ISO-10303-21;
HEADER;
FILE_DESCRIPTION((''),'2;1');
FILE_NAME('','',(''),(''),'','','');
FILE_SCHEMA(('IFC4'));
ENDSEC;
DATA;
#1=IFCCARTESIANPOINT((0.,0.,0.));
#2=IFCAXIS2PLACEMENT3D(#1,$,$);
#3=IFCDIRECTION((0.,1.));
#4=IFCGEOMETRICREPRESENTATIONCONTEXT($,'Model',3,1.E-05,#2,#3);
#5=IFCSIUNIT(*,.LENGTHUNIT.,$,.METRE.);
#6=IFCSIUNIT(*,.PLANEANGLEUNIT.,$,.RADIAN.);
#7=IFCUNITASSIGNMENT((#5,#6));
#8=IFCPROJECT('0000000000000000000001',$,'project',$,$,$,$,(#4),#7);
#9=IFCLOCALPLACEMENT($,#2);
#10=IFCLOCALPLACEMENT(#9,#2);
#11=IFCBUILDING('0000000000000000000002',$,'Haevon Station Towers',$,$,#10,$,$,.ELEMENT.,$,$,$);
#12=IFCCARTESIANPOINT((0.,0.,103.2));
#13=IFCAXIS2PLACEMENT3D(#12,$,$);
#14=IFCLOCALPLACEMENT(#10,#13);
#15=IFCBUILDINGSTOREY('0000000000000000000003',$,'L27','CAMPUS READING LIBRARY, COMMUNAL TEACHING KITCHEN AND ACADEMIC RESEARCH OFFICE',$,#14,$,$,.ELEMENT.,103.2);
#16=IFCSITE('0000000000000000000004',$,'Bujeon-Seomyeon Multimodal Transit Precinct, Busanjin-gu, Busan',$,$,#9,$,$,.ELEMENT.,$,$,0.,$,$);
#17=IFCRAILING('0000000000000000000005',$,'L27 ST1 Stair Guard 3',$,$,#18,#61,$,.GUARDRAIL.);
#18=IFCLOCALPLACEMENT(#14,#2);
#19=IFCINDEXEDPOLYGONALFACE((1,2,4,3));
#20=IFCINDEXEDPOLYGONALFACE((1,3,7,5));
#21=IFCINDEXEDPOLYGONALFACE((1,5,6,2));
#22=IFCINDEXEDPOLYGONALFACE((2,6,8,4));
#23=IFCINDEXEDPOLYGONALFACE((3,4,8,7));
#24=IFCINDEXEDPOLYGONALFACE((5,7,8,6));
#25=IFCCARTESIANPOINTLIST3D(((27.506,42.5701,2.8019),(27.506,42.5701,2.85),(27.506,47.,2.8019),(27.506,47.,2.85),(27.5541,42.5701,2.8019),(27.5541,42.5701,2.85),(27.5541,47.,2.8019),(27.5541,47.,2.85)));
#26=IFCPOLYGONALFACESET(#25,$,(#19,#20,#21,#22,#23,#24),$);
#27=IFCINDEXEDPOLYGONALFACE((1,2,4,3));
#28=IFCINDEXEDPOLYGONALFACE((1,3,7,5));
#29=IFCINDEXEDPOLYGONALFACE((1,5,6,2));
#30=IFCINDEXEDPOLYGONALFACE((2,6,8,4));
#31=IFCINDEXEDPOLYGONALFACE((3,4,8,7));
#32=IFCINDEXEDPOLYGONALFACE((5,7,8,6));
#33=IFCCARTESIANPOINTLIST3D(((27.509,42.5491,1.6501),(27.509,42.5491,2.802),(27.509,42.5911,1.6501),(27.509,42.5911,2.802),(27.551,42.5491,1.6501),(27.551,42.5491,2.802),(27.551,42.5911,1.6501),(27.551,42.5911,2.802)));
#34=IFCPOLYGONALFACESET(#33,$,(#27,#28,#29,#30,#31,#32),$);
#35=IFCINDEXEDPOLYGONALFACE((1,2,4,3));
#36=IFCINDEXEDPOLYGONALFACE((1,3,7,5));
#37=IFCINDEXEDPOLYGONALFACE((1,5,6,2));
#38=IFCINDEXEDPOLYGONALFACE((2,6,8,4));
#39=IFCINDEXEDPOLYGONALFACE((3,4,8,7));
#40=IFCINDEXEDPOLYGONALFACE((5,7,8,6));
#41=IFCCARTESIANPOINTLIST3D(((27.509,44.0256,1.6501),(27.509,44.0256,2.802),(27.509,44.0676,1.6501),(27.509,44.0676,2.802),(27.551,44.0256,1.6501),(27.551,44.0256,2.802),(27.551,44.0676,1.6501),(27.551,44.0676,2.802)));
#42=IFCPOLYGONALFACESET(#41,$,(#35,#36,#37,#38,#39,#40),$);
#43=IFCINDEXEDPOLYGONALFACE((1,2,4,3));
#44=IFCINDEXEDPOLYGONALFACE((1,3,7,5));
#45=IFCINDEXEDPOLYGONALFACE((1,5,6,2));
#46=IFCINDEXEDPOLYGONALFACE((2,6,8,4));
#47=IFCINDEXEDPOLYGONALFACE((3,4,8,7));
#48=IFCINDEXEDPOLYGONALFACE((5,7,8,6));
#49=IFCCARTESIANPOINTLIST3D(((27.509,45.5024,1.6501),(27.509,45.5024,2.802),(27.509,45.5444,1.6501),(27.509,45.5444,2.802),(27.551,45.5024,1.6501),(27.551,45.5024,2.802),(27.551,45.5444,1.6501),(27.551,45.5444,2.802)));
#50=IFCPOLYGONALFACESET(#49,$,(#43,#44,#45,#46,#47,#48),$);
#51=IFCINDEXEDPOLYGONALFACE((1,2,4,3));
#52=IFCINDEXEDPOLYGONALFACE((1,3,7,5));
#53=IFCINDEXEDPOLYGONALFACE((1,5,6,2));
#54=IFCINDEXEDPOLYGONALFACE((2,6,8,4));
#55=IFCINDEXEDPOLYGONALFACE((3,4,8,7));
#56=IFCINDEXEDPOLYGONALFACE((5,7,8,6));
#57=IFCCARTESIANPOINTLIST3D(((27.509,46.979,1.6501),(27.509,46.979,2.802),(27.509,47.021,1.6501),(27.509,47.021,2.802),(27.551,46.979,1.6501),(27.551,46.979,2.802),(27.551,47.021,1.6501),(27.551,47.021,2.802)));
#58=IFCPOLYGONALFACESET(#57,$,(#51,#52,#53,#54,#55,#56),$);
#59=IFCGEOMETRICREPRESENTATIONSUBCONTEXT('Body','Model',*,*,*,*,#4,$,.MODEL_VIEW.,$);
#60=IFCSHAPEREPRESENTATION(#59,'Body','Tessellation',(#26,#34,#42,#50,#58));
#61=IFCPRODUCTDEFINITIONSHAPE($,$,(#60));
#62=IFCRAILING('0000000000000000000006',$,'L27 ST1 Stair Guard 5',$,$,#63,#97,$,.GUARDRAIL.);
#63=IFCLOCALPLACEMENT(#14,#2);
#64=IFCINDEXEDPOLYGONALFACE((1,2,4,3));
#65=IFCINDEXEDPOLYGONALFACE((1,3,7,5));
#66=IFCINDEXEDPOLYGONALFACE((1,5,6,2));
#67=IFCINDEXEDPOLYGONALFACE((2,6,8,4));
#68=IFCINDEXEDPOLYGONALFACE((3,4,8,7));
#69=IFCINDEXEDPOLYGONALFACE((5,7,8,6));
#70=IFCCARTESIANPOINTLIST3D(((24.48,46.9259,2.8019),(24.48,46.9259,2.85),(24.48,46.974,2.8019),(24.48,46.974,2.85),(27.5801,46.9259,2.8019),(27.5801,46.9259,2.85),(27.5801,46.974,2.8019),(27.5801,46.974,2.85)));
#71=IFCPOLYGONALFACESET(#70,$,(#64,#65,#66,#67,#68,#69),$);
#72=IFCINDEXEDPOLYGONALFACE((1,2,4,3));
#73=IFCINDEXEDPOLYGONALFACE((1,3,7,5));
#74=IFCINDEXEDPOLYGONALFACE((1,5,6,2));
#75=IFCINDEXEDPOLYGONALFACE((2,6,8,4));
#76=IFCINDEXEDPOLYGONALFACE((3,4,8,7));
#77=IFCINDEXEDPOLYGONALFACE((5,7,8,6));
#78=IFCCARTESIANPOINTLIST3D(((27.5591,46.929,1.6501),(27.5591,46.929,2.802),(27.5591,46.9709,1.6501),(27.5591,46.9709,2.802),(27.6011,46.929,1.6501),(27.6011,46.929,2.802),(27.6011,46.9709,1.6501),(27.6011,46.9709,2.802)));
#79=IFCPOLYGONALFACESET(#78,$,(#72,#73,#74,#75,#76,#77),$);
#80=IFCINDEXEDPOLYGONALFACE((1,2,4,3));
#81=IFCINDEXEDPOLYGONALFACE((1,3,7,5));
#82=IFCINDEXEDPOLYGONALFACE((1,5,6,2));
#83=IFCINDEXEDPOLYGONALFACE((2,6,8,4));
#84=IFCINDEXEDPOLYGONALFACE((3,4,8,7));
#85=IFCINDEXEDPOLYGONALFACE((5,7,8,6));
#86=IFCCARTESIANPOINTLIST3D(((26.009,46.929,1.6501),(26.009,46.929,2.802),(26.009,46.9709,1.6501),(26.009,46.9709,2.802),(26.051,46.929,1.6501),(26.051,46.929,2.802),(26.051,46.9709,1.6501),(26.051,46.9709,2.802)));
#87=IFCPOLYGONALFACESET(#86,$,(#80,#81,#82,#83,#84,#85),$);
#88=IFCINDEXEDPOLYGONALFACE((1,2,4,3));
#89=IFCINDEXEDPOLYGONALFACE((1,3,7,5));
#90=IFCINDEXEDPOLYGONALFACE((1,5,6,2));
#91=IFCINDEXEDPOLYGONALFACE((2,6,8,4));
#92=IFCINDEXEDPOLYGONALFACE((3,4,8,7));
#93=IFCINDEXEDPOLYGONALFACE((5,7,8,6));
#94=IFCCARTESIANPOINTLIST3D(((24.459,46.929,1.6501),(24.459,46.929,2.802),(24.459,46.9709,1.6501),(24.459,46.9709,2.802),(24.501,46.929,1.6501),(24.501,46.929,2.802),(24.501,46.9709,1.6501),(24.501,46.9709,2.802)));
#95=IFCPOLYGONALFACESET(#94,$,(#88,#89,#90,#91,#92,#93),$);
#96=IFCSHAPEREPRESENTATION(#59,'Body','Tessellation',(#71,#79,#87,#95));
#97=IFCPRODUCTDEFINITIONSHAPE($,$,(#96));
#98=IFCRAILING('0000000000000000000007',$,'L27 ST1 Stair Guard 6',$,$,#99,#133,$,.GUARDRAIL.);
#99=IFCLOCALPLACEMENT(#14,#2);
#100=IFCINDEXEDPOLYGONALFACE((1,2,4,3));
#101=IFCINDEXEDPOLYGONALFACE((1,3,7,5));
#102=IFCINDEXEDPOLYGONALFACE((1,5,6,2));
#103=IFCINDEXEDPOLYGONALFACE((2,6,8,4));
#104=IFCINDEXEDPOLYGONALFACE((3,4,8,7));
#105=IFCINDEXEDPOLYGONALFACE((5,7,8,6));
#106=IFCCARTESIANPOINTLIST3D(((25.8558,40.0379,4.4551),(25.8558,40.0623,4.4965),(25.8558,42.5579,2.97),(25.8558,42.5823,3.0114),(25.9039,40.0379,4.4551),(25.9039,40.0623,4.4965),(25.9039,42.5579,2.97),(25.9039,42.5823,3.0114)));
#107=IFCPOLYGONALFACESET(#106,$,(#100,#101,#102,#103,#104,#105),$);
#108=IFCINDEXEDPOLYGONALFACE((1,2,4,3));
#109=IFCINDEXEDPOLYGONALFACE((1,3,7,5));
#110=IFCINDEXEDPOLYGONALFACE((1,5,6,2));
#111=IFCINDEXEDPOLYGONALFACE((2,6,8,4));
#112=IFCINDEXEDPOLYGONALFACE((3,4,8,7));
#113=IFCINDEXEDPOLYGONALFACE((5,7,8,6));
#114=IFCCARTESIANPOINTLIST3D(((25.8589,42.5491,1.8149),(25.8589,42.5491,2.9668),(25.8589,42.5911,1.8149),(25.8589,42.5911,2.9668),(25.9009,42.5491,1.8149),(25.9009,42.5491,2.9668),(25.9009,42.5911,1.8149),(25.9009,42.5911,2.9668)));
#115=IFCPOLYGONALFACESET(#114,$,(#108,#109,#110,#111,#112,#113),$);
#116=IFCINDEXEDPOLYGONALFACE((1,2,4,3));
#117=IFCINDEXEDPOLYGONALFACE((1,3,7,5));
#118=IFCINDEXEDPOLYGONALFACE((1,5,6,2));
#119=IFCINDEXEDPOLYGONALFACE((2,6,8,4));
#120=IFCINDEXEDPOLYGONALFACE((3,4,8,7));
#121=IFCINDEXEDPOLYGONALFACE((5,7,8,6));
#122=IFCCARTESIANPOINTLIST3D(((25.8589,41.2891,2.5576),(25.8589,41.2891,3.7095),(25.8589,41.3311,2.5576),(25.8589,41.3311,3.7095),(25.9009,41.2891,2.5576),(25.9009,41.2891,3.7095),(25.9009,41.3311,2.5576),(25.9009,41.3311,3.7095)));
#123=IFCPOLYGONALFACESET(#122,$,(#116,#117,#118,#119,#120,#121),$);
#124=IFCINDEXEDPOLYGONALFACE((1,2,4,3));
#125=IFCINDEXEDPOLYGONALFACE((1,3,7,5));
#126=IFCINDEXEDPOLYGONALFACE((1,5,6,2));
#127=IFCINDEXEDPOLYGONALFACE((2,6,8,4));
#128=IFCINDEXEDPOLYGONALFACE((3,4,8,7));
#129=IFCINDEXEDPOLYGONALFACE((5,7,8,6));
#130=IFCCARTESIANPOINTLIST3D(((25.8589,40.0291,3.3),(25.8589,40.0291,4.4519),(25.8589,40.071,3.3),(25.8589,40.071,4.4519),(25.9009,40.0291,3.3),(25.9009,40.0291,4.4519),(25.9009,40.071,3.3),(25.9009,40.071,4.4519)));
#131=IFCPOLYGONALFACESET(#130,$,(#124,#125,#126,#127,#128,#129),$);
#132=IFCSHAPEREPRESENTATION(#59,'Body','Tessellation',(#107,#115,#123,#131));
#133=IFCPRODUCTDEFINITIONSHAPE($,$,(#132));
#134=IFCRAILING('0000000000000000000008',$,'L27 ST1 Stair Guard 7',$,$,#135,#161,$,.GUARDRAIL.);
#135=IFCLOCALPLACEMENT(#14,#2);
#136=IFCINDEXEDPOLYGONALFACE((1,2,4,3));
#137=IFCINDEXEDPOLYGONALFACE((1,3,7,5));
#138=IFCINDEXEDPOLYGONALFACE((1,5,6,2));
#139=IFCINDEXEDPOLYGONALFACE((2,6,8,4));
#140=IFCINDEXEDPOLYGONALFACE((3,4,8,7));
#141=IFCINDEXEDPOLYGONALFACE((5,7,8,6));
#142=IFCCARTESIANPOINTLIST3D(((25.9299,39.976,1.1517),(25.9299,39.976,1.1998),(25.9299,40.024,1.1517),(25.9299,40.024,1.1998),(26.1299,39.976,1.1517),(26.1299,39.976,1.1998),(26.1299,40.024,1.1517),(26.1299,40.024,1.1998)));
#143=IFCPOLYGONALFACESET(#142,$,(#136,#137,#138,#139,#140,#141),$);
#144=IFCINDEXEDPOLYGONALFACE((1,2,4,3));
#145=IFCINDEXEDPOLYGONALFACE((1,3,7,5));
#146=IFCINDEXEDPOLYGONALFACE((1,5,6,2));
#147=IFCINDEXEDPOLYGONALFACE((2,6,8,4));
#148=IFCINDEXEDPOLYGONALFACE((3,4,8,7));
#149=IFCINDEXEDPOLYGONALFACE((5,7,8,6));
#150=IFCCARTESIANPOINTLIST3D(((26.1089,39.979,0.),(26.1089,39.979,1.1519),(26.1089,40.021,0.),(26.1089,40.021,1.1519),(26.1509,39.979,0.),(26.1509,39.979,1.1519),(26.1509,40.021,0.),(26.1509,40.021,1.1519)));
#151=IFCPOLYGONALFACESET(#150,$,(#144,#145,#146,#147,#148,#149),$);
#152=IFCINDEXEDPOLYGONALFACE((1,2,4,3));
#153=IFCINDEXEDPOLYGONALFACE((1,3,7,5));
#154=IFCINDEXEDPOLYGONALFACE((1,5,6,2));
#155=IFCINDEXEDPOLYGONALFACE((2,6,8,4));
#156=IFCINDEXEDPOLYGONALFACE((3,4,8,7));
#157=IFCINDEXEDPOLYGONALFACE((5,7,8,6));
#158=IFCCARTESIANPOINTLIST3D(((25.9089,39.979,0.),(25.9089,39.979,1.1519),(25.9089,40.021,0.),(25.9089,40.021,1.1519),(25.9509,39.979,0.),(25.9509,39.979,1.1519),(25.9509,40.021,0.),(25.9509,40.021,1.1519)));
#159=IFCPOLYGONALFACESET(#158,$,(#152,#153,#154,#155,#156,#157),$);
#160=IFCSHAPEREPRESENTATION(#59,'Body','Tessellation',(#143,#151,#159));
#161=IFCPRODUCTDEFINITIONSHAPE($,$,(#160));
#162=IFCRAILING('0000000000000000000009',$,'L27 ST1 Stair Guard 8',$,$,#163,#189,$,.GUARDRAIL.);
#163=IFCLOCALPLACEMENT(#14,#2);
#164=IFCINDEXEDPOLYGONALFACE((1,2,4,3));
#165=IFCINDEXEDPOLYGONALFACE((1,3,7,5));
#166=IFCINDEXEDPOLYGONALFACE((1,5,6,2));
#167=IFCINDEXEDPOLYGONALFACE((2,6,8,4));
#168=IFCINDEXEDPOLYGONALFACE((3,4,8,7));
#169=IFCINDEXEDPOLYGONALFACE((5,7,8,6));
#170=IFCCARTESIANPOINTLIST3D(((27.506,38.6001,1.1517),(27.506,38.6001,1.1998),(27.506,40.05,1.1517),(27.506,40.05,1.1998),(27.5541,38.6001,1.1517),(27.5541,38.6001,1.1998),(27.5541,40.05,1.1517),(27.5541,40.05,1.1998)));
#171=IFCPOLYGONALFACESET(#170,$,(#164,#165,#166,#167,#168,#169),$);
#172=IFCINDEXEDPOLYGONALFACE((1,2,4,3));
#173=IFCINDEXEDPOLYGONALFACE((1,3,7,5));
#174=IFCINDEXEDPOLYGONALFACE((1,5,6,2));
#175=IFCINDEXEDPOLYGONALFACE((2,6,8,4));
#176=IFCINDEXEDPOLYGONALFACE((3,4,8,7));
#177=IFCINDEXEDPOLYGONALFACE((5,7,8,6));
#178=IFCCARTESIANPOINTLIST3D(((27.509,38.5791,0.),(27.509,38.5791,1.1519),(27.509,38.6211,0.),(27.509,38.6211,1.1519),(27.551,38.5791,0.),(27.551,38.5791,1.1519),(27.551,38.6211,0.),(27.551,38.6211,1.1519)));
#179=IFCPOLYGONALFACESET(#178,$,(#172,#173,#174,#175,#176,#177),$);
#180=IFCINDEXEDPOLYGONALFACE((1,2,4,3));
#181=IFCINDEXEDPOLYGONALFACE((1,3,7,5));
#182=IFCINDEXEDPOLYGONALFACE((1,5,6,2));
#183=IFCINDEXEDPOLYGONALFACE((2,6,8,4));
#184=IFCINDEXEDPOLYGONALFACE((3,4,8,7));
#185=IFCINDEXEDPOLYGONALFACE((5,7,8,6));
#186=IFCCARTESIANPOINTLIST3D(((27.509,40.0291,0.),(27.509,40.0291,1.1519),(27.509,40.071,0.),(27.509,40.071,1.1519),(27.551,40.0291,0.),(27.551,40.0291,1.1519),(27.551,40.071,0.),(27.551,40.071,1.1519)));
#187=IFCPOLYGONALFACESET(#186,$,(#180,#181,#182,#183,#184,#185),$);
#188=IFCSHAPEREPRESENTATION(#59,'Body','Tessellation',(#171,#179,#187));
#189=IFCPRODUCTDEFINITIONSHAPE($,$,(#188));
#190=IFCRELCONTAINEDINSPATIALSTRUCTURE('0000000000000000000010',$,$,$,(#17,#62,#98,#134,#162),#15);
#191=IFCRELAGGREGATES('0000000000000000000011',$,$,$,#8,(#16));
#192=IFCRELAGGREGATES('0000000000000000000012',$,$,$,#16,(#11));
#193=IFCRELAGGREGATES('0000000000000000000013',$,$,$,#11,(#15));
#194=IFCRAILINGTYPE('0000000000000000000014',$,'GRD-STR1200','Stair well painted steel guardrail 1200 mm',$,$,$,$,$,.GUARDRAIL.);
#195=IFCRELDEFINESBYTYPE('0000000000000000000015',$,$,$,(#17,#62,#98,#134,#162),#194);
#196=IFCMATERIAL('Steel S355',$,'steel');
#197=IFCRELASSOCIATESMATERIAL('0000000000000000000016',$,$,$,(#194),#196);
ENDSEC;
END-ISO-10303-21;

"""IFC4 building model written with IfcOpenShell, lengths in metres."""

from ifc_helpers import new_model, si_unit, direction, frame, origin, origin_2d, place, context, subcontext, project, spatial, rectangle, extrude, material, type_object, element, save


model = new_model("IFC4")

# Units and contexts
model_context = context("Model", 3, precision=1e-05, world=origin(), true_north=direction((0.0, 1.0)))
body_context = subcontext(model_context, "Body", "Model", "MODEL_VIEW")
ifc_project = project(units=[si_unit("LENGTHUNIT", "METRE"), si_unit("PLANEANGLEUNIT", "RADIAN")], contexts=[model_context])

# Site, building, storey
site_placement = place(None, origin())
site = spatial("IfcSite", under=ifc_project, at=site_placement, Name="Bujeon-Seomyeon Multimodal Transit Precinct, Busanjin-gu, Busan", CompositionType="ELEMENT", RefElevation=0.0)
building_placement = place(site_placement, origin())
building = spatial("IfcBuilding", under=site, at=building_placement, Name="Haevon Station Towers", CompositionType="ELEMENT")
storey_placement = place(building_placement, frame((0.0, 0.0, 103.2)))
storey = spatial("IfcBuildingStorey", under=building, at=storey_placement, Name="L27", Description="CAMPUS READING LIBRARY, COMMUNAL TEACHING KITCHEN AND ACADEMIC RESEARCH OFFICE", CompositionType="ELEMENT", Elevation=103.2)

# Shared definitions
ifc_material_1 = material(Name="Steel S355", Category="steel")

# Railings
railing_type_1 = type_object("IfcRailingType", Name="GRD-STR1200", Description="Stair well painted steel guardrail 1200 mm", PredefinedType="GUARDRAIL", material=ifc_material_1)
railing_1_placement = place(storey_placement, frame((27.53, 42.5701, 1.6501)))
element("IfcRailing", 1, at=railing_1_placement, inside=storey, type_object=railing_type_1, Name="L27 ST1 Stair Guard 3", PredefinedType="GUARDRAIL", context=body_context, shape_type="SweptSolid", body=[
    extrude(rectangle(XDim=0.0481, YDim=0.0481, at=origin_2d()), frame((0.0, 0.0, 1.1758), z_axis=(0.0, 1.0, 0.0), x_axis=(-1.0, 0.0, 0.0)), (0.0, 0.0, 1.0), 4.4299),
    extrude(rectangle(XDim=0.042, YDim=0.042, at=origin_2d()), origin(), (0.0, 0.0, 1.0), 1.1519),
    extrude(rectangle(XDim=0.042, YDim=0.042, at=origin_2d()), frame((0.0, 1.4766, 0.0)), (0.0, 0.0, 1.0), 1.1519),
    extrude(rectangle(XDim=0.042, YDim=0.042, at=origin_2d()), frame((0.0, 2.9534, 0.0)), (0.0, 0.0, 1.0), 1.1519),
    extrude(rectangle(XDim=0.042, YDim=0.042, at=origin_2d()), frame((0.0, 4.4299, 0.0)), (0.0, 0.0, 1.0), 1.1519),
])
railing_2_placement = place(storey_placement, frame((27.5801, 46.95, 1.6501)))
element("IfcRailing", 2, at=railing_2_placement, inside=storey, type_object=railing_type_1, Name="L27 ST1 Stair Guard 5", PredefinedType="GUARDRAIL", context=body_context, shape_type="SweptSolid", body=[
    extrude(rectangle(XDim=0.0481, YDim=0.0481, at=origin_2d()), frame((0.0, 0.0, 1.1758), z_axis=(-1.0, 0.0, 0.0), x_axis=(0.0, -1.0, 0.0)), (0.0, 0.0, 1.0), 3.1001),
    extrude(rectangle(XDim=0.042, YDim=0.042, at=origin_2d()), origin(), (0.0, 0.0, 1.0), 1.1519),
    extrude(rectangle(XDim=0.042, YDim=0.042, at=origin_2d()), frame((-1.55, 0.0, 0.0)), (0.0, 0.0, 1.0), 1.1519),
    extrude(rectangle(XDim=0.042, YDim=0.042, at=origin_2d()), frame((-3.1001, 0.0, 0.0)), (0.0, 0.0, 1.0), 1.1519),
])
railing_3_placement = place(storey_placement, frame((25.8799, 42.5701, 1.8149)))
element("IfcRailing", 3, at=railing_3_placement, inside=storey, type_object=railing_type_1, Name="L27 ST1 Stair Guard 6", PredefinedType="GUARDRAIL", context=body_context, shape_type="SweptSolid", body=[
    extrude(rectangle(XDim=0.0481, YDim=0.0481, at=origin_2d()), frame((0.0, 0.0, 1.1758), z_axis=(0.0, -0.861524, 0.507717), x_axis=(1.0, 0.0, 0.0)), (0.0, 0.0, 1.0), 2.925),
    extrude(rectangle(XDim=0.042, YDim=0.042, at=origin_2d()), origin(), (0.0, 0.0, 1.0), 1.1519),
    extrude(rectangle(XDim=0.042, YDim=0.042, at=origin_2d()), frame((0.0, -1.26, 0.7427)), (0.0, 0.0, 1.0), 1.1519),
    extrude(rectangle(XDim=0.042, YDim=0.042, at=origin_2d()), frame((0.0, -2.52, 1.4851)), (0.0, 0.0, 1.0), 1.1519),
])
railing_4_placement = place(storey_placement, frame((26.1299, 40.0, 0.0)))
element("IfcRailing", 4, at=railing_4_placement, inside=storey, type_object=railing_type_1, Name="L27 ST1 Stair Guard 7", PredefinedType="GUARDRAIL", context=body_context, shape_type="SweptSolid", body=[
    extrude(rectangle(XDim=0.0481, YDim=0.0481, at=origin_2d()), frame((0.0, 0.0, 1.1758), z_axis=(-1.0, 0.0, 0.0), x_axis=(0.0, -1.0, 0.0)), (0.0, 0.0, 1.0), 0.2),
    extrude(rectangle(XDim=0.042, YDim=0.042, at=origin_2d()), origin(), (0.0, 0.0, 1.0), 1.1519),
    extrude(rectangle(XDim=0.042, YDim=0.042, at=origin_2d()), frame((-0.2, 0.0, 0.0)), (0.0, 0.0, 1.0), 1.1519),
])
railing_5_placement = place(storey_placement, frame((27.53, 38.6001, 0.0)))
element("IfcRailing", 5, at=railing_5_placement, inside=storey, type_object=railing_type_1, Name="L27 ST1 Stair Guard 8", PredefinedType="GUARDRAIL", context=body_context, shape_type="SweptSolid", body=[
    extrude(rectangle(XDim=0.0481, YDim=0.0481, at=origin_2d()), frame((0.0, 0.0, 1.1758), z_axis=(0.0, 1.0, 0.0), x_axis=(-1.0, 0.0, 0.0)), (0.0, 0.0, 1.0), 1.45),
    extrude(rectangle(XDim=0.042, YDim=0.042, at=origin_2d()), origin(), (0.0, 0.0, 1.0), 1.1519),
    extrude(rectangle(XDim=0.042, YDim=0.042, at=origin_2d()), frame((0.0, 1.45, 0.0)), (0.0, 0.0, 1.0), 1.1519),
])

save(model, "model.ifc")
